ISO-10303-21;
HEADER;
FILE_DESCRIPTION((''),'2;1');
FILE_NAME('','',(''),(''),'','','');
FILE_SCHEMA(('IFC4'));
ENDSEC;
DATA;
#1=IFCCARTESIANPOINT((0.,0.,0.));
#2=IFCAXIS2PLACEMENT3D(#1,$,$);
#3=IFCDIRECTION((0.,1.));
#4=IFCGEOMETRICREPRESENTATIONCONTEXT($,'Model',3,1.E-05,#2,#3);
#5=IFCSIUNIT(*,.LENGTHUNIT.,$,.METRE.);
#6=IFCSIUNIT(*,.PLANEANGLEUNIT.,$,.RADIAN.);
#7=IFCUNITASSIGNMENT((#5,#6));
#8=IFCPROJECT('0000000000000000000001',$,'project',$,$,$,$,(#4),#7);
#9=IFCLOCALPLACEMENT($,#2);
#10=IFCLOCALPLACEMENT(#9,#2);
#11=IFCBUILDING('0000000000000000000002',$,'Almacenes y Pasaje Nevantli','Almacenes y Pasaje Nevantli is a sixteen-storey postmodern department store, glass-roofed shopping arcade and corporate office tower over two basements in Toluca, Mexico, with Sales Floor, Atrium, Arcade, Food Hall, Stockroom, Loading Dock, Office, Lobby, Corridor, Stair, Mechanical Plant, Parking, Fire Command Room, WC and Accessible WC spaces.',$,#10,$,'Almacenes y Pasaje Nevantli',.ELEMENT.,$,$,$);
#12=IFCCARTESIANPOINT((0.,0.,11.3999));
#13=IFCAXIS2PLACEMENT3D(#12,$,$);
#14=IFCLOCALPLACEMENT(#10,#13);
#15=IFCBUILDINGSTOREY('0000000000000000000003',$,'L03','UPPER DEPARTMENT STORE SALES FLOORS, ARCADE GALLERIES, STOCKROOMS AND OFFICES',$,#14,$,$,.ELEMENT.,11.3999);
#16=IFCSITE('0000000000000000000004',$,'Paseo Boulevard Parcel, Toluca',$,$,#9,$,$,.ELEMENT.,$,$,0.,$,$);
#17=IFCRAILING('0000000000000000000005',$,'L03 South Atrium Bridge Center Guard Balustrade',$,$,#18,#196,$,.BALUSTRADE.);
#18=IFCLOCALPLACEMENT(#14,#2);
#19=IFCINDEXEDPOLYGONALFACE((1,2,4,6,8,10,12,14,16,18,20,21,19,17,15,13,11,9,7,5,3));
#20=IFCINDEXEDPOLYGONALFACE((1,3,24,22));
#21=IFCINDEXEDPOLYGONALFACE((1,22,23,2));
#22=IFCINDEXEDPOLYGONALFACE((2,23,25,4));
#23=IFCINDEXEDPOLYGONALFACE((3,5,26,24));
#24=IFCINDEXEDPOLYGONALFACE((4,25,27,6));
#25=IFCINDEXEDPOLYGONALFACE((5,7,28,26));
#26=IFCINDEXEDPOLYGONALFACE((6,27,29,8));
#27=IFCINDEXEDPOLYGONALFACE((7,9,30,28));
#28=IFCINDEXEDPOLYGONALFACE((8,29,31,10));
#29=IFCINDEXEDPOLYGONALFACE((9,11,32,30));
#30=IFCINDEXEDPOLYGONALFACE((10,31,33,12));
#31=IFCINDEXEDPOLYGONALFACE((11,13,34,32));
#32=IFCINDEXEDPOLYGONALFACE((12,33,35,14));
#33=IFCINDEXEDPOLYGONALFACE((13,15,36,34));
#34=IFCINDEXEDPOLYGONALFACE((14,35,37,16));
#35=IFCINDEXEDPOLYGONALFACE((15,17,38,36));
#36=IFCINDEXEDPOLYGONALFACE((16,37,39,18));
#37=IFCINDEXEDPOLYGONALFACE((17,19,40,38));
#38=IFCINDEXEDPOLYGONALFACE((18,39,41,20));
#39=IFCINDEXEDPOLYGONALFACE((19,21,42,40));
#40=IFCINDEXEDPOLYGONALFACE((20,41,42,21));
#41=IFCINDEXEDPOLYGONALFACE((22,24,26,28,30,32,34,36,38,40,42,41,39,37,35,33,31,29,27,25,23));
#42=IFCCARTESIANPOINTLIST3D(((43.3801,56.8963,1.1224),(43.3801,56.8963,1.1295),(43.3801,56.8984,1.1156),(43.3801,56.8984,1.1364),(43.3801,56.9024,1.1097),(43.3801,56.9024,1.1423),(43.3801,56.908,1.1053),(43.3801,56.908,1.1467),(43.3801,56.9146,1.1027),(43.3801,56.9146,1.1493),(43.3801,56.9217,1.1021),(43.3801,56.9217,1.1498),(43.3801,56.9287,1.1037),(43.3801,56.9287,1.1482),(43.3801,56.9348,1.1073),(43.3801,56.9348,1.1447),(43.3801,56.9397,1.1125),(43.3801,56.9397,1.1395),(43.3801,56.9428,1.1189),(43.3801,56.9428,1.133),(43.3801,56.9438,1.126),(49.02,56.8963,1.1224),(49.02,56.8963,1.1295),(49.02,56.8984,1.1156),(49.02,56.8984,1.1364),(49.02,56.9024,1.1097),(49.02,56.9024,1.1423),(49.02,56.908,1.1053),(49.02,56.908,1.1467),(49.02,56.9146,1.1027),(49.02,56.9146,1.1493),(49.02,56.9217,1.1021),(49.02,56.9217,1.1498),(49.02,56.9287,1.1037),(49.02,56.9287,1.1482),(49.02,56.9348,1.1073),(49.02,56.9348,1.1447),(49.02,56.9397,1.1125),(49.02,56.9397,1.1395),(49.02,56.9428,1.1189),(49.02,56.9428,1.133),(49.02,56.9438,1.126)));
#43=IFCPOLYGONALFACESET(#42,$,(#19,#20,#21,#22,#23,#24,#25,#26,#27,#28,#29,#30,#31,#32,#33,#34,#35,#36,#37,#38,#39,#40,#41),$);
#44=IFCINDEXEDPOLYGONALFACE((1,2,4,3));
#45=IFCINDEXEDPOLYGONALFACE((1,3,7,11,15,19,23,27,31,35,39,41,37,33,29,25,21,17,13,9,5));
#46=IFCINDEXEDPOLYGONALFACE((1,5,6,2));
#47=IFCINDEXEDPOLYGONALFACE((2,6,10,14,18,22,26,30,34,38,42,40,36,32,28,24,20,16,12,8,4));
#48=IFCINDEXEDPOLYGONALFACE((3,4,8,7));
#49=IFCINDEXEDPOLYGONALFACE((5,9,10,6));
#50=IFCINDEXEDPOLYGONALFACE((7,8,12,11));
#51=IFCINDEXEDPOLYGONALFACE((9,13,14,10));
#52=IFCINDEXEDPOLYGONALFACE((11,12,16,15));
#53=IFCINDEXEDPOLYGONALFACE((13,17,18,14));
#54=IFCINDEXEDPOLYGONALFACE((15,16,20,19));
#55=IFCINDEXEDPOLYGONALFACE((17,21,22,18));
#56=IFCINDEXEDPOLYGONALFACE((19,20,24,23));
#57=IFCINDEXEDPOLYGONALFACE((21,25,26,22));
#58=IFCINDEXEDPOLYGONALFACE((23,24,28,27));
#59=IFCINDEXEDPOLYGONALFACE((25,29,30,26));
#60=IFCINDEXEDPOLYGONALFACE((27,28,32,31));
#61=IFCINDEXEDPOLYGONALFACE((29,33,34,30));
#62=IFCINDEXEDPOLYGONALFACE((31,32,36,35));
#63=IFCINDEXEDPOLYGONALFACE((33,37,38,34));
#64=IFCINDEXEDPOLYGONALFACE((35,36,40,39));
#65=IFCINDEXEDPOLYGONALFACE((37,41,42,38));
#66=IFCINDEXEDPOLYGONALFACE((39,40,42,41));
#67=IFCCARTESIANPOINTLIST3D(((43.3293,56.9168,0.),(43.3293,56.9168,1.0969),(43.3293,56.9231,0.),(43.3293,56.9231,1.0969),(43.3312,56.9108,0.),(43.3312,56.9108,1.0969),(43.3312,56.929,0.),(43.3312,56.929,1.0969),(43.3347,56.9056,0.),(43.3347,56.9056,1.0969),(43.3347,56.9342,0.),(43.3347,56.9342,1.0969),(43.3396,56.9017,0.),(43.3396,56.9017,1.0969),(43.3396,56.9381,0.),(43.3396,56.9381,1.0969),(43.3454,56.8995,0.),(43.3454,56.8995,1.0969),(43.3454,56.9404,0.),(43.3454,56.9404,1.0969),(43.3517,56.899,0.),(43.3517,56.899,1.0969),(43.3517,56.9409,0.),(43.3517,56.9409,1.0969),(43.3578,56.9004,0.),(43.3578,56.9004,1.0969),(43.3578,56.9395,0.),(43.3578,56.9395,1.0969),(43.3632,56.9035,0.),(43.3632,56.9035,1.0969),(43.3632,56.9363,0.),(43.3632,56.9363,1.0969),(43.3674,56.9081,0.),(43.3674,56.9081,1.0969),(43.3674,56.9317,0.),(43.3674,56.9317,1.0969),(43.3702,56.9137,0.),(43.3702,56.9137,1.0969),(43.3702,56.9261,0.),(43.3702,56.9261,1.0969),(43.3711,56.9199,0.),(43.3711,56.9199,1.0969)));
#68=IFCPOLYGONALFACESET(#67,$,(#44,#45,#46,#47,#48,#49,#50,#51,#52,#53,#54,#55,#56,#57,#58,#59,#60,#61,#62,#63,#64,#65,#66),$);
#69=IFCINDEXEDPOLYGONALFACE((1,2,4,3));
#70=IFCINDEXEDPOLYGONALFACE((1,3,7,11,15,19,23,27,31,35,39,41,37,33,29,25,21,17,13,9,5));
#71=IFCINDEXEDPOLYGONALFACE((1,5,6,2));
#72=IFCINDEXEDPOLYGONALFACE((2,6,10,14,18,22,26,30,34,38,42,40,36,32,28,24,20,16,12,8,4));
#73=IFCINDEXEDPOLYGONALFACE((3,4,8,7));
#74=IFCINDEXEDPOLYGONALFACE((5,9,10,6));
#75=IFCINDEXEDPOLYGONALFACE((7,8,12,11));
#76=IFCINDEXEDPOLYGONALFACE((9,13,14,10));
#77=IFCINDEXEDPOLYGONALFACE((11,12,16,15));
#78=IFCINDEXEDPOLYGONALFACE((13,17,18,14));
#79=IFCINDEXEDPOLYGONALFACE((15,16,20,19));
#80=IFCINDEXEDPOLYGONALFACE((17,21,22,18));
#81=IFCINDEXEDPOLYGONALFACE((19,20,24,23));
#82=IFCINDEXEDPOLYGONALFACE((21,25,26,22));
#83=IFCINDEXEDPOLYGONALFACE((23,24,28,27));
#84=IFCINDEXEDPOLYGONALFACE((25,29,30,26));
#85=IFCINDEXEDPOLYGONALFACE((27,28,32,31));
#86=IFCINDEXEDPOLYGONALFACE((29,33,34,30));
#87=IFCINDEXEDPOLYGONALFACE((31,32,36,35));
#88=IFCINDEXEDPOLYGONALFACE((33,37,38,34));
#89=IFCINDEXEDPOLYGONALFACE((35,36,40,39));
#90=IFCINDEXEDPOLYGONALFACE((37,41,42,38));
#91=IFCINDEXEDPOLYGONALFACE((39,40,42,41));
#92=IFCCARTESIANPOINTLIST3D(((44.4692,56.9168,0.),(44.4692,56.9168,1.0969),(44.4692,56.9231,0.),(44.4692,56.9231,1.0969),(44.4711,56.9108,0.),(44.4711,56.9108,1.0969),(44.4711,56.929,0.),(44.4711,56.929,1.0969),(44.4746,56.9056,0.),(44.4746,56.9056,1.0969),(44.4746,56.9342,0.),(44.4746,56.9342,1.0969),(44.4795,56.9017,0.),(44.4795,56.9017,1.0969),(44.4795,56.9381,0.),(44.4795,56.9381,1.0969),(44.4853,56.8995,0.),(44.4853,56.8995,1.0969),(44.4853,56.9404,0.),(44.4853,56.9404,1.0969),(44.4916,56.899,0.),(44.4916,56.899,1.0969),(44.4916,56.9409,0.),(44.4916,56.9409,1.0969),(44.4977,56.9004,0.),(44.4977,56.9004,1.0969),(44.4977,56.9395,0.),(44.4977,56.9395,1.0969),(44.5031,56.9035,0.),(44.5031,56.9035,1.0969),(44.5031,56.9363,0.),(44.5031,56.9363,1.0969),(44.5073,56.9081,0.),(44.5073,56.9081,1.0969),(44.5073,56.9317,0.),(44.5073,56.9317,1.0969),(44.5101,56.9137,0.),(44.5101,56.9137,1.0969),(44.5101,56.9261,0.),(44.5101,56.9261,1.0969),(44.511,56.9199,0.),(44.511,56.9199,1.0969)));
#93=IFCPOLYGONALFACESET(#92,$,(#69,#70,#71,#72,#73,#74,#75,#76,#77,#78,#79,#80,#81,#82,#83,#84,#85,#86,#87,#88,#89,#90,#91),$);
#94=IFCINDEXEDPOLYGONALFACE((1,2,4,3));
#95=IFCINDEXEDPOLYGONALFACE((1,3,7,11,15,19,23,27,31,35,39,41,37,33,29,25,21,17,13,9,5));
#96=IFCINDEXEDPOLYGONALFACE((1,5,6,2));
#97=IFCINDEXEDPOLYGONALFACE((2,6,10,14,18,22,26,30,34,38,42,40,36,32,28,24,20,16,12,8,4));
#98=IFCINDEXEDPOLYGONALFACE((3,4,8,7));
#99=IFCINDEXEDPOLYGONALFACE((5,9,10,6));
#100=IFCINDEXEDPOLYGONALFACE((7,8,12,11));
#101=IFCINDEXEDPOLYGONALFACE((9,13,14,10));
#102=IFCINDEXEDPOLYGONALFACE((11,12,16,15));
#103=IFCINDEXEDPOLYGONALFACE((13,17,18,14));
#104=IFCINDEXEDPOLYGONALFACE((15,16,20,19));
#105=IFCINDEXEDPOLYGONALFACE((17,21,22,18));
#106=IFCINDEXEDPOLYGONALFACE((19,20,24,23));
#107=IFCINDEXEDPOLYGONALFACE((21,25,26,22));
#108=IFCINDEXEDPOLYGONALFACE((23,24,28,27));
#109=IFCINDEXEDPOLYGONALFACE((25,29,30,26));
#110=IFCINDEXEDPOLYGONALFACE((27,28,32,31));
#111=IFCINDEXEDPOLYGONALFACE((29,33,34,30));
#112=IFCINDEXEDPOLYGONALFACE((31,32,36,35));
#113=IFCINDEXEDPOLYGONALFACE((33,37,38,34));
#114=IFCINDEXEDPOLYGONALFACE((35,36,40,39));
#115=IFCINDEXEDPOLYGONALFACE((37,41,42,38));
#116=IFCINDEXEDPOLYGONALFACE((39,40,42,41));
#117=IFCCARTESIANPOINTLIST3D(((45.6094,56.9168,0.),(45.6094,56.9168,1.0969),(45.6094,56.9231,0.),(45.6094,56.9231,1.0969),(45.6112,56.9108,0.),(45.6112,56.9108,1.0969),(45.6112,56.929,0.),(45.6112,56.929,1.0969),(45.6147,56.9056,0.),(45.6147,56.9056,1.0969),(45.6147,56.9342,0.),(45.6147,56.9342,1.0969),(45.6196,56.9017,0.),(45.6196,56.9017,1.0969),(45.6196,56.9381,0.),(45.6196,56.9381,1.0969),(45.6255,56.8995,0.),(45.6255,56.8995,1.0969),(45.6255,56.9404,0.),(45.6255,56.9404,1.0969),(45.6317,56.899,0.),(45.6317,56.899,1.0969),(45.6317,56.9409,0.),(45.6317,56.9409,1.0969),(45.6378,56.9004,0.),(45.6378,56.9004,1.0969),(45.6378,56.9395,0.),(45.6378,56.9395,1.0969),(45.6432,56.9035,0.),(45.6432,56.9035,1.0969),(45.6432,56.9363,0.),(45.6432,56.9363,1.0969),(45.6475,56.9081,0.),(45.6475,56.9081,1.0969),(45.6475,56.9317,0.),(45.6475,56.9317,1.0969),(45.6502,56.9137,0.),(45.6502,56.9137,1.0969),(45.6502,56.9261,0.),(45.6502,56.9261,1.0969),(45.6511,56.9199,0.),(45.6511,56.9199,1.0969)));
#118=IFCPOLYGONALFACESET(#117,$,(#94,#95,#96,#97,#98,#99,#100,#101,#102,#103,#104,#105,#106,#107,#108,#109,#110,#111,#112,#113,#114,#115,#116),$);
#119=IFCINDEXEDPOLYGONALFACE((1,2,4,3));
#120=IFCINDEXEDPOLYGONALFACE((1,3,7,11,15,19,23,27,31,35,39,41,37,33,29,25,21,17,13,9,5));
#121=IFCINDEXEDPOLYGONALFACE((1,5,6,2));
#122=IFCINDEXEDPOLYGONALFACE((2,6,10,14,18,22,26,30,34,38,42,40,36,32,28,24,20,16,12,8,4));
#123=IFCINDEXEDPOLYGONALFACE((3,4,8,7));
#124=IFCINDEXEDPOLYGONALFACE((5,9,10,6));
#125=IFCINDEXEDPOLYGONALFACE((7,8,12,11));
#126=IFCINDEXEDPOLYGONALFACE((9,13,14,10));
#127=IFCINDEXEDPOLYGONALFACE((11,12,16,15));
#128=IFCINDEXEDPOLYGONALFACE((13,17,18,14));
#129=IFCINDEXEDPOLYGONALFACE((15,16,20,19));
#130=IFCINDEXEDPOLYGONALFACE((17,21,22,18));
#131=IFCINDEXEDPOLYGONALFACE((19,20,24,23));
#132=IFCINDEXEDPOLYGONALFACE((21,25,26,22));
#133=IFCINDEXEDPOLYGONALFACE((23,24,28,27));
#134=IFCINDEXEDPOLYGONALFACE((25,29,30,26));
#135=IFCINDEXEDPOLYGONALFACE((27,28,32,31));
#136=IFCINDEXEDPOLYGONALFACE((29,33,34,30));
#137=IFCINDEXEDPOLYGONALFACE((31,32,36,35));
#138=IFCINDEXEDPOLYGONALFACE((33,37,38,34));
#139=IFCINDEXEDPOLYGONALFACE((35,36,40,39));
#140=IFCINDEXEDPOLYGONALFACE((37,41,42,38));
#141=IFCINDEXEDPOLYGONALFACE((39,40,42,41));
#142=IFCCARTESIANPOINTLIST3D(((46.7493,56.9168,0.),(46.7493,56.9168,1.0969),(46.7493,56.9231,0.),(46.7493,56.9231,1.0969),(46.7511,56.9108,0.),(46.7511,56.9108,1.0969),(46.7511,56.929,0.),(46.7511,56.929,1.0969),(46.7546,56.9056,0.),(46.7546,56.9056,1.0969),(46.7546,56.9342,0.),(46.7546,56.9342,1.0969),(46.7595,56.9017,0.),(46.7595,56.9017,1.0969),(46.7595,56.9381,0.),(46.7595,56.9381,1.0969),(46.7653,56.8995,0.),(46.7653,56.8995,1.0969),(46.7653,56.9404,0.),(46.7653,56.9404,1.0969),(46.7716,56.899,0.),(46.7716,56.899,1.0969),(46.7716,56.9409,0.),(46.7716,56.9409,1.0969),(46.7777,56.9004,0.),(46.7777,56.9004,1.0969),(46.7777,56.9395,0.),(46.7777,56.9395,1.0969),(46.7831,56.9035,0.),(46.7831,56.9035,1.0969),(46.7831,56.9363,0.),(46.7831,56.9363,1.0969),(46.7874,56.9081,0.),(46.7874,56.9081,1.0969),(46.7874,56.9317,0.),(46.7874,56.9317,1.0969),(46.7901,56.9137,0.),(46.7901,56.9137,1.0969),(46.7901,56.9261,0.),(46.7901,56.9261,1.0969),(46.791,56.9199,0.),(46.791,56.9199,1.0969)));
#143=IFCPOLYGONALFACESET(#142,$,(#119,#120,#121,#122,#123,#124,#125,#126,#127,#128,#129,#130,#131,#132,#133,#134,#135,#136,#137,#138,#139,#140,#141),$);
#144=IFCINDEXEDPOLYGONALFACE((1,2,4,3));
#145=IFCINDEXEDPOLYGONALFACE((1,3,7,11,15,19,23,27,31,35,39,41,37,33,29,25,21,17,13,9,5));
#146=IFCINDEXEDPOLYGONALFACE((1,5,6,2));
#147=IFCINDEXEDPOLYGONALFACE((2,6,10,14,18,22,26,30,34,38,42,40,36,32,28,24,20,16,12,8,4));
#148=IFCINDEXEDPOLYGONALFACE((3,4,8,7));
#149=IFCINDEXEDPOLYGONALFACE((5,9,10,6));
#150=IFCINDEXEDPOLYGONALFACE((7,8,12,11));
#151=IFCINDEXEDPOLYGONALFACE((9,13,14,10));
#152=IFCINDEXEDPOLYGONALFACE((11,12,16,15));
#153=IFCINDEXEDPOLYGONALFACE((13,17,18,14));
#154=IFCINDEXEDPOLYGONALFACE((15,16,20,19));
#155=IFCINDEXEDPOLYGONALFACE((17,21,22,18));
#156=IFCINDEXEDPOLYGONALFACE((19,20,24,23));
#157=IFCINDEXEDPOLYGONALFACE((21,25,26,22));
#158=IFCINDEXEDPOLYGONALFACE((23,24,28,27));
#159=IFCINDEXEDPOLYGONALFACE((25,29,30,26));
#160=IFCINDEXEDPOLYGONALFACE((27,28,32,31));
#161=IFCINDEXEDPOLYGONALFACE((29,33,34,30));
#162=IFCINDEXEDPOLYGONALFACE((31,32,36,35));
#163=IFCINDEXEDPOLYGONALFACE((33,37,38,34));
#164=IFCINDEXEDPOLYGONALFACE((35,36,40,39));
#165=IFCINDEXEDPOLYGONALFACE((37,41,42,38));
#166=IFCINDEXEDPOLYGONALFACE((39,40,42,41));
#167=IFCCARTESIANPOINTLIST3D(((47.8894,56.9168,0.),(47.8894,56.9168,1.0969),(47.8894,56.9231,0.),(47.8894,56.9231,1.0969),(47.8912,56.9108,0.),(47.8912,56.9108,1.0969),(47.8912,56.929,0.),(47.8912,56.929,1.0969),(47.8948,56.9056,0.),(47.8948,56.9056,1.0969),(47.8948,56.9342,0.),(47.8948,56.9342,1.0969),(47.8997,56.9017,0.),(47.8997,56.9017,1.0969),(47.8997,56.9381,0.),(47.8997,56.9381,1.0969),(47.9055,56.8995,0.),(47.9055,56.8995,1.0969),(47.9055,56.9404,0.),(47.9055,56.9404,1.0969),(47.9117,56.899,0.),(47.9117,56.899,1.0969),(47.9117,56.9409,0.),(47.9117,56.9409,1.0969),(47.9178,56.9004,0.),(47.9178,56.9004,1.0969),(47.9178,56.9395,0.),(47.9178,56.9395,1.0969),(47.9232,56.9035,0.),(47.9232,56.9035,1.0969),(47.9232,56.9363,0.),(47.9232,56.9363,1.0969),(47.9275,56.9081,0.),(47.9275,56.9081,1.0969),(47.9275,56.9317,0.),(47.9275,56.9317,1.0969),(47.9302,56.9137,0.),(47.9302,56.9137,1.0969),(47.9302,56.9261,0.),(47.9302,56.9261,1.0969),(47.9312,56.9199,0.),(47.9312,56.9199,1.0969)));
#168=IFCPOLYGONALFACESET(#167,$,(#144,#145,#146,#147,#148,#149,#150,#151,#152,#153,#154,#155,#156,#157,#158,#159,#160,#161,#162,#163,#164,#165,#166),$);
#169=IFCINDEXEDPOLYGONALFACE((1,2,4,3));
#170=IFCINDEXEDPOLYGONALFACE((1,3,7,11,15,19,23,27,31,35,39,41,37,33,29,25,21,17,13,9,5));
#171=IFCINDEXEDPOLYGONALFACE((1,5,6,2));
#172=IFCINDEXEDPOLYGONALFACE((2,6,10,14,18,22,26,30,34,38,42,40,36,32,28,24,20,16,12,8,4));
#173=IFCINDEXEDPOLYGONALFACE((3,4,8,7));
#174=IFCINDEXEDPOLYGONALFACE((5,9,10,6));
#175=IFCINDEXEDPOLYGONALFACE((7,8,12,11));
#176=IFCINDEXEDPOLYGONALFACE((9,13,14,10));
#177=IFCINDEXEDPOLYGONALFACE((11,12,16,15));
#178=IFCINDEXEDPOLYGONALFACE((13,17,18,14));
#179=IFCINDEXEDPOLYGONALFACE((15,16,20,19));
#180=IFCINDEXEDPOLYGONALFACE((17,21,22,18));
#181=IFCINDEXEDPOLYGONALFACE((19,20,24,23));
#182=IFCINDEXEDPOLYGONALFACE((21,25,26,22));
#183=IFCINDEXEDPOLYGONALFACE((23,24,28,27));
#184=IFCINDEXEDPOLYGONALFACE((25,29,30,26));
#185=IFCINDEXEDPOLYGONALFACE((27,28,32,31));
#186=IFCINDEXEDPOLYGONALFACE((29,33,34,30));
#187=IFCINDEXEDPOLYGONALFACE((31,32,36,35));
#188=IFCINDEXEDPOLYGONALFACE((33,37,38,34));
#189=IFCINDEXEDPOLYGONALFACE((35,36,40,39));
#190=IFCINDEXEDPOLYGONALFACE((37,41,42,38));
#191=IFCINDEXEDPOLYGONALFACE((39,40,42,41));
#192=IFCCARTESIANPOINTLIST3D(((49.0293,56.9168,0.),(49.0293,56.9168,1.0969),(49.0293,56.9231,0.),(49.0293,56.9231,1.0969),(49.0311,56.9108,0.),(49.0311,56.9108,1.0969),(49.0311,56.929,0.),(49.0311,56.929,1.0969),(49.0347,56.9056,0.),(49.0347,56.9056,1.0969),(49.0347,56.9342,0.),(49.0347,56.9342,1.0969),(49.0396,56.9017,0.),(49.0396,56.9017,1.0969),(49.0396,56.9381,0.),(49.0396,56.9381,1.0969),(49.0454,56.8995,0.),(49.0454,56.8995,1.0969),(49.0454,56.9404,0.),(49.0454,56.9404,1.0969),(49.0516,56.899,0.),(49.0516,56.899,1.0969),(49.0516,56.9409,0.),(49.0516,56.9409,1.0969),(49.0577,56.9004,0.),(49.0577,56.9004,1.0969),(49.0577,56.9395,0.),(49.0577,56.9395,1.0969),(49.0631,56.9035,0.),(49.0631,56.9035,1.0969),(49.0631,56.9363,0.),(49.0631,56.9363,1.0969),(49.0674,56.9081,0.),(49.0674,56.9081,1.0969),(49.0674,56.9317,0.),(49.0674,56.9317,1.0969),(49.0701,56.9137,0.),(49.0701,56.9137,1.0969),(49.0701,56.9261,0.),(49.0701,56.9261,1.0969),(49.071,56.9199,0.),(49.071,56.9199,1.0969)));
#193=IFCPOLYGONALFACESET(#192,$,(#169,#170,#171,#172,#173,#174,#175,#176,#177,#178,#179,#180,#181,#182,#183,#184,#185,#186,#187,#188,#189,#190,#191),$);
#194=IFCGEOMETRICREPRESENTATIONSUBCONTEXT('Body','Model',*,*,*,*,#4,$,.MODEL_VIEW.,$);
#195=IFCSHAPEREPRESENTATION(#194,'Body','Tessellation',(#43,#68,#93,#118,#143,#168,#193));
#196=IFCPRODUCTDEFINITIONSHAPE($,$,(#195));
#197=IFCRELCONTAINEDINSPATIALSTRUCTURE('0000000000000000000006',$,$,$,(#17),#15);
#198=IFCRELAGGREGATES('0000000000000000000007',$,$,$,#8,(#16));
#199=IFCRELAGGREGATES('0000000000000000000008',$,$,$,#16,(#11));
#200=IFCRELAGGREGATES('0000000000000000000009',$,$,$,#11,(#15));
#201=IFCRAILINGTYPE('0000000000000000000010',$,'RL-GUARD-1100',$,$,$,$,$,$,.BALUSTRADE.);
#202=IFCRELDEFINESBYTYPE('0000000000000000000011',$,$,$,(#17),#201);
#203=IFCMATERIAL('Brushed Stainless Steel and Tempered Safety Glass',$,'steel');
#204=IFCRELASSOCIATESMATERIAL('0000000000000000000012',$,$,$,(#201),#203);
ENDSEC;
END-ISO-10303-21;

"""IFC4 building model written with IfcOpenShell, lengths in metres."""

from ifc_helpers import new_model, si_unit, direction, frame, origin, origin_2d, place, context, subcontext, project, spatial, circle, extrude, material, type_object, element, save


model = new_model("IFC4")

# Units and contexts
model_context = context("Model", 3, precision=1e-05, world=origin(), true_north=direction((0.0, 1.0)))
body_context = subcontext(model_context, "Body", "Model", "MODEL_VIEW")
ifc_project = project(units=[si_unit("LENGTHUNIT", "METRE"), si_unit("PLANEANGLEUNIT", "RADIAN")], contexts=[model_context])

# Site, building, storey
site_placement = place(None, origin())
site = spatial("IfcSite", under=ifc_project, at=site_placement, Name="Paseo Boulevard Parcel, Toluca", CompositionType="ELEMENT", RefElevation=0.0)
building_placement = place(site_placement, origin())
building = spatial("IfcBuilding", under=site, at=building_placement, Name="Almacenes y Pasaje Nevantli", Description="Almacenes y Pasaje Nevantli is a sixteen-storey postmodern department store, glass-roofed shopping arcade and corporate office tower over two basements in Toluca, Mexico, with Sales Floor, Atrium, Arcade, Food Hall, Stockroom, Loading Dock, Office, Lobby, Corridor, Stair, Mechanical Plant, Parking, Fire Command Room, WC and Accessible WC spaces.", LongName="Almacenes y Pasaje Nevantli", CompositionType="ELEMENT")
storey_placement = place(building_placement, frame((0.0, 0.0, 11.3999)))
storey = spatial("IfcBuildingStorey", under=building, at=storey_placement, Name="L03", Description="UPPER DEPARTMENT STORE SALES FLOORS, ARCADE GALLERIES, STOCKROOMS AND OFFICES", CompositionType="ELEMENT", Elevation=11.3999)

# Railing
ifc_material_1 = material(Name="Brushed Stainless Steel and Tempered Safety Glass", Category="steel")
railing_type = type_object("IfcRailingType", Name="RL-GUARD-1100", PredefinedType="BALUSTRADE", material=ifc_material_1)
railing_1_placement = place(storey_placement, frame((43.3501, 56.9199, 0.0)))
element("IfcRailing", 1, at=railing_1_placement, inside=storey, type_object=railing_type, Name="L03 South Atrium Bridge Center Guard Balustrade", PredefinedType="BALUSTRADE", context=body_context, shape_type="SweptSolid", body=[
    extrude(circle(Radius=0.0239, at=origin_2d()), frame((0.03, 0.0, 1.126), z_axis=(1.0, 0.0, 0.0), x_axis=(0.0, 1.0, 0.0)), (0.0, 0.0, 1.0), 5.6399),
    extrude(circle(Radius=0.021, at=origin_2d()), origin(), (0.0, 0.0, 1.0), 1.0969),
    extrude(circle(Radius=0.021, at=origin_2d()), frame((1.1399, 0.0, 0.0)), (0.0, 0.0, 1.0), 1.0969),
    extrude(circle(Radius=0.021, at=origin_2d()), frame((2.28, 0.0, 0.0)), (0.0, 0.0, 1.0), 1.0969),
    extrude(circle(Radius=0.021, at=origin_2d()), frame((3.4199, 0.0, 0.0)), (0.0, 0.0, 1.0), 1.0969),
    extrude(circle(Radius=0.021, at=origin_2d()), frame((4.5601, 0.0, 0.0)), (0.0, 0.0, 1.0), 1.0969),
    extrude(circle(Radius=0.021, at=origin_2d()), frame((5.7, 0.0, 0.0)), (0.0, 0.0, 1.0), 1.0969),
])

save(model, "model.ifc")
